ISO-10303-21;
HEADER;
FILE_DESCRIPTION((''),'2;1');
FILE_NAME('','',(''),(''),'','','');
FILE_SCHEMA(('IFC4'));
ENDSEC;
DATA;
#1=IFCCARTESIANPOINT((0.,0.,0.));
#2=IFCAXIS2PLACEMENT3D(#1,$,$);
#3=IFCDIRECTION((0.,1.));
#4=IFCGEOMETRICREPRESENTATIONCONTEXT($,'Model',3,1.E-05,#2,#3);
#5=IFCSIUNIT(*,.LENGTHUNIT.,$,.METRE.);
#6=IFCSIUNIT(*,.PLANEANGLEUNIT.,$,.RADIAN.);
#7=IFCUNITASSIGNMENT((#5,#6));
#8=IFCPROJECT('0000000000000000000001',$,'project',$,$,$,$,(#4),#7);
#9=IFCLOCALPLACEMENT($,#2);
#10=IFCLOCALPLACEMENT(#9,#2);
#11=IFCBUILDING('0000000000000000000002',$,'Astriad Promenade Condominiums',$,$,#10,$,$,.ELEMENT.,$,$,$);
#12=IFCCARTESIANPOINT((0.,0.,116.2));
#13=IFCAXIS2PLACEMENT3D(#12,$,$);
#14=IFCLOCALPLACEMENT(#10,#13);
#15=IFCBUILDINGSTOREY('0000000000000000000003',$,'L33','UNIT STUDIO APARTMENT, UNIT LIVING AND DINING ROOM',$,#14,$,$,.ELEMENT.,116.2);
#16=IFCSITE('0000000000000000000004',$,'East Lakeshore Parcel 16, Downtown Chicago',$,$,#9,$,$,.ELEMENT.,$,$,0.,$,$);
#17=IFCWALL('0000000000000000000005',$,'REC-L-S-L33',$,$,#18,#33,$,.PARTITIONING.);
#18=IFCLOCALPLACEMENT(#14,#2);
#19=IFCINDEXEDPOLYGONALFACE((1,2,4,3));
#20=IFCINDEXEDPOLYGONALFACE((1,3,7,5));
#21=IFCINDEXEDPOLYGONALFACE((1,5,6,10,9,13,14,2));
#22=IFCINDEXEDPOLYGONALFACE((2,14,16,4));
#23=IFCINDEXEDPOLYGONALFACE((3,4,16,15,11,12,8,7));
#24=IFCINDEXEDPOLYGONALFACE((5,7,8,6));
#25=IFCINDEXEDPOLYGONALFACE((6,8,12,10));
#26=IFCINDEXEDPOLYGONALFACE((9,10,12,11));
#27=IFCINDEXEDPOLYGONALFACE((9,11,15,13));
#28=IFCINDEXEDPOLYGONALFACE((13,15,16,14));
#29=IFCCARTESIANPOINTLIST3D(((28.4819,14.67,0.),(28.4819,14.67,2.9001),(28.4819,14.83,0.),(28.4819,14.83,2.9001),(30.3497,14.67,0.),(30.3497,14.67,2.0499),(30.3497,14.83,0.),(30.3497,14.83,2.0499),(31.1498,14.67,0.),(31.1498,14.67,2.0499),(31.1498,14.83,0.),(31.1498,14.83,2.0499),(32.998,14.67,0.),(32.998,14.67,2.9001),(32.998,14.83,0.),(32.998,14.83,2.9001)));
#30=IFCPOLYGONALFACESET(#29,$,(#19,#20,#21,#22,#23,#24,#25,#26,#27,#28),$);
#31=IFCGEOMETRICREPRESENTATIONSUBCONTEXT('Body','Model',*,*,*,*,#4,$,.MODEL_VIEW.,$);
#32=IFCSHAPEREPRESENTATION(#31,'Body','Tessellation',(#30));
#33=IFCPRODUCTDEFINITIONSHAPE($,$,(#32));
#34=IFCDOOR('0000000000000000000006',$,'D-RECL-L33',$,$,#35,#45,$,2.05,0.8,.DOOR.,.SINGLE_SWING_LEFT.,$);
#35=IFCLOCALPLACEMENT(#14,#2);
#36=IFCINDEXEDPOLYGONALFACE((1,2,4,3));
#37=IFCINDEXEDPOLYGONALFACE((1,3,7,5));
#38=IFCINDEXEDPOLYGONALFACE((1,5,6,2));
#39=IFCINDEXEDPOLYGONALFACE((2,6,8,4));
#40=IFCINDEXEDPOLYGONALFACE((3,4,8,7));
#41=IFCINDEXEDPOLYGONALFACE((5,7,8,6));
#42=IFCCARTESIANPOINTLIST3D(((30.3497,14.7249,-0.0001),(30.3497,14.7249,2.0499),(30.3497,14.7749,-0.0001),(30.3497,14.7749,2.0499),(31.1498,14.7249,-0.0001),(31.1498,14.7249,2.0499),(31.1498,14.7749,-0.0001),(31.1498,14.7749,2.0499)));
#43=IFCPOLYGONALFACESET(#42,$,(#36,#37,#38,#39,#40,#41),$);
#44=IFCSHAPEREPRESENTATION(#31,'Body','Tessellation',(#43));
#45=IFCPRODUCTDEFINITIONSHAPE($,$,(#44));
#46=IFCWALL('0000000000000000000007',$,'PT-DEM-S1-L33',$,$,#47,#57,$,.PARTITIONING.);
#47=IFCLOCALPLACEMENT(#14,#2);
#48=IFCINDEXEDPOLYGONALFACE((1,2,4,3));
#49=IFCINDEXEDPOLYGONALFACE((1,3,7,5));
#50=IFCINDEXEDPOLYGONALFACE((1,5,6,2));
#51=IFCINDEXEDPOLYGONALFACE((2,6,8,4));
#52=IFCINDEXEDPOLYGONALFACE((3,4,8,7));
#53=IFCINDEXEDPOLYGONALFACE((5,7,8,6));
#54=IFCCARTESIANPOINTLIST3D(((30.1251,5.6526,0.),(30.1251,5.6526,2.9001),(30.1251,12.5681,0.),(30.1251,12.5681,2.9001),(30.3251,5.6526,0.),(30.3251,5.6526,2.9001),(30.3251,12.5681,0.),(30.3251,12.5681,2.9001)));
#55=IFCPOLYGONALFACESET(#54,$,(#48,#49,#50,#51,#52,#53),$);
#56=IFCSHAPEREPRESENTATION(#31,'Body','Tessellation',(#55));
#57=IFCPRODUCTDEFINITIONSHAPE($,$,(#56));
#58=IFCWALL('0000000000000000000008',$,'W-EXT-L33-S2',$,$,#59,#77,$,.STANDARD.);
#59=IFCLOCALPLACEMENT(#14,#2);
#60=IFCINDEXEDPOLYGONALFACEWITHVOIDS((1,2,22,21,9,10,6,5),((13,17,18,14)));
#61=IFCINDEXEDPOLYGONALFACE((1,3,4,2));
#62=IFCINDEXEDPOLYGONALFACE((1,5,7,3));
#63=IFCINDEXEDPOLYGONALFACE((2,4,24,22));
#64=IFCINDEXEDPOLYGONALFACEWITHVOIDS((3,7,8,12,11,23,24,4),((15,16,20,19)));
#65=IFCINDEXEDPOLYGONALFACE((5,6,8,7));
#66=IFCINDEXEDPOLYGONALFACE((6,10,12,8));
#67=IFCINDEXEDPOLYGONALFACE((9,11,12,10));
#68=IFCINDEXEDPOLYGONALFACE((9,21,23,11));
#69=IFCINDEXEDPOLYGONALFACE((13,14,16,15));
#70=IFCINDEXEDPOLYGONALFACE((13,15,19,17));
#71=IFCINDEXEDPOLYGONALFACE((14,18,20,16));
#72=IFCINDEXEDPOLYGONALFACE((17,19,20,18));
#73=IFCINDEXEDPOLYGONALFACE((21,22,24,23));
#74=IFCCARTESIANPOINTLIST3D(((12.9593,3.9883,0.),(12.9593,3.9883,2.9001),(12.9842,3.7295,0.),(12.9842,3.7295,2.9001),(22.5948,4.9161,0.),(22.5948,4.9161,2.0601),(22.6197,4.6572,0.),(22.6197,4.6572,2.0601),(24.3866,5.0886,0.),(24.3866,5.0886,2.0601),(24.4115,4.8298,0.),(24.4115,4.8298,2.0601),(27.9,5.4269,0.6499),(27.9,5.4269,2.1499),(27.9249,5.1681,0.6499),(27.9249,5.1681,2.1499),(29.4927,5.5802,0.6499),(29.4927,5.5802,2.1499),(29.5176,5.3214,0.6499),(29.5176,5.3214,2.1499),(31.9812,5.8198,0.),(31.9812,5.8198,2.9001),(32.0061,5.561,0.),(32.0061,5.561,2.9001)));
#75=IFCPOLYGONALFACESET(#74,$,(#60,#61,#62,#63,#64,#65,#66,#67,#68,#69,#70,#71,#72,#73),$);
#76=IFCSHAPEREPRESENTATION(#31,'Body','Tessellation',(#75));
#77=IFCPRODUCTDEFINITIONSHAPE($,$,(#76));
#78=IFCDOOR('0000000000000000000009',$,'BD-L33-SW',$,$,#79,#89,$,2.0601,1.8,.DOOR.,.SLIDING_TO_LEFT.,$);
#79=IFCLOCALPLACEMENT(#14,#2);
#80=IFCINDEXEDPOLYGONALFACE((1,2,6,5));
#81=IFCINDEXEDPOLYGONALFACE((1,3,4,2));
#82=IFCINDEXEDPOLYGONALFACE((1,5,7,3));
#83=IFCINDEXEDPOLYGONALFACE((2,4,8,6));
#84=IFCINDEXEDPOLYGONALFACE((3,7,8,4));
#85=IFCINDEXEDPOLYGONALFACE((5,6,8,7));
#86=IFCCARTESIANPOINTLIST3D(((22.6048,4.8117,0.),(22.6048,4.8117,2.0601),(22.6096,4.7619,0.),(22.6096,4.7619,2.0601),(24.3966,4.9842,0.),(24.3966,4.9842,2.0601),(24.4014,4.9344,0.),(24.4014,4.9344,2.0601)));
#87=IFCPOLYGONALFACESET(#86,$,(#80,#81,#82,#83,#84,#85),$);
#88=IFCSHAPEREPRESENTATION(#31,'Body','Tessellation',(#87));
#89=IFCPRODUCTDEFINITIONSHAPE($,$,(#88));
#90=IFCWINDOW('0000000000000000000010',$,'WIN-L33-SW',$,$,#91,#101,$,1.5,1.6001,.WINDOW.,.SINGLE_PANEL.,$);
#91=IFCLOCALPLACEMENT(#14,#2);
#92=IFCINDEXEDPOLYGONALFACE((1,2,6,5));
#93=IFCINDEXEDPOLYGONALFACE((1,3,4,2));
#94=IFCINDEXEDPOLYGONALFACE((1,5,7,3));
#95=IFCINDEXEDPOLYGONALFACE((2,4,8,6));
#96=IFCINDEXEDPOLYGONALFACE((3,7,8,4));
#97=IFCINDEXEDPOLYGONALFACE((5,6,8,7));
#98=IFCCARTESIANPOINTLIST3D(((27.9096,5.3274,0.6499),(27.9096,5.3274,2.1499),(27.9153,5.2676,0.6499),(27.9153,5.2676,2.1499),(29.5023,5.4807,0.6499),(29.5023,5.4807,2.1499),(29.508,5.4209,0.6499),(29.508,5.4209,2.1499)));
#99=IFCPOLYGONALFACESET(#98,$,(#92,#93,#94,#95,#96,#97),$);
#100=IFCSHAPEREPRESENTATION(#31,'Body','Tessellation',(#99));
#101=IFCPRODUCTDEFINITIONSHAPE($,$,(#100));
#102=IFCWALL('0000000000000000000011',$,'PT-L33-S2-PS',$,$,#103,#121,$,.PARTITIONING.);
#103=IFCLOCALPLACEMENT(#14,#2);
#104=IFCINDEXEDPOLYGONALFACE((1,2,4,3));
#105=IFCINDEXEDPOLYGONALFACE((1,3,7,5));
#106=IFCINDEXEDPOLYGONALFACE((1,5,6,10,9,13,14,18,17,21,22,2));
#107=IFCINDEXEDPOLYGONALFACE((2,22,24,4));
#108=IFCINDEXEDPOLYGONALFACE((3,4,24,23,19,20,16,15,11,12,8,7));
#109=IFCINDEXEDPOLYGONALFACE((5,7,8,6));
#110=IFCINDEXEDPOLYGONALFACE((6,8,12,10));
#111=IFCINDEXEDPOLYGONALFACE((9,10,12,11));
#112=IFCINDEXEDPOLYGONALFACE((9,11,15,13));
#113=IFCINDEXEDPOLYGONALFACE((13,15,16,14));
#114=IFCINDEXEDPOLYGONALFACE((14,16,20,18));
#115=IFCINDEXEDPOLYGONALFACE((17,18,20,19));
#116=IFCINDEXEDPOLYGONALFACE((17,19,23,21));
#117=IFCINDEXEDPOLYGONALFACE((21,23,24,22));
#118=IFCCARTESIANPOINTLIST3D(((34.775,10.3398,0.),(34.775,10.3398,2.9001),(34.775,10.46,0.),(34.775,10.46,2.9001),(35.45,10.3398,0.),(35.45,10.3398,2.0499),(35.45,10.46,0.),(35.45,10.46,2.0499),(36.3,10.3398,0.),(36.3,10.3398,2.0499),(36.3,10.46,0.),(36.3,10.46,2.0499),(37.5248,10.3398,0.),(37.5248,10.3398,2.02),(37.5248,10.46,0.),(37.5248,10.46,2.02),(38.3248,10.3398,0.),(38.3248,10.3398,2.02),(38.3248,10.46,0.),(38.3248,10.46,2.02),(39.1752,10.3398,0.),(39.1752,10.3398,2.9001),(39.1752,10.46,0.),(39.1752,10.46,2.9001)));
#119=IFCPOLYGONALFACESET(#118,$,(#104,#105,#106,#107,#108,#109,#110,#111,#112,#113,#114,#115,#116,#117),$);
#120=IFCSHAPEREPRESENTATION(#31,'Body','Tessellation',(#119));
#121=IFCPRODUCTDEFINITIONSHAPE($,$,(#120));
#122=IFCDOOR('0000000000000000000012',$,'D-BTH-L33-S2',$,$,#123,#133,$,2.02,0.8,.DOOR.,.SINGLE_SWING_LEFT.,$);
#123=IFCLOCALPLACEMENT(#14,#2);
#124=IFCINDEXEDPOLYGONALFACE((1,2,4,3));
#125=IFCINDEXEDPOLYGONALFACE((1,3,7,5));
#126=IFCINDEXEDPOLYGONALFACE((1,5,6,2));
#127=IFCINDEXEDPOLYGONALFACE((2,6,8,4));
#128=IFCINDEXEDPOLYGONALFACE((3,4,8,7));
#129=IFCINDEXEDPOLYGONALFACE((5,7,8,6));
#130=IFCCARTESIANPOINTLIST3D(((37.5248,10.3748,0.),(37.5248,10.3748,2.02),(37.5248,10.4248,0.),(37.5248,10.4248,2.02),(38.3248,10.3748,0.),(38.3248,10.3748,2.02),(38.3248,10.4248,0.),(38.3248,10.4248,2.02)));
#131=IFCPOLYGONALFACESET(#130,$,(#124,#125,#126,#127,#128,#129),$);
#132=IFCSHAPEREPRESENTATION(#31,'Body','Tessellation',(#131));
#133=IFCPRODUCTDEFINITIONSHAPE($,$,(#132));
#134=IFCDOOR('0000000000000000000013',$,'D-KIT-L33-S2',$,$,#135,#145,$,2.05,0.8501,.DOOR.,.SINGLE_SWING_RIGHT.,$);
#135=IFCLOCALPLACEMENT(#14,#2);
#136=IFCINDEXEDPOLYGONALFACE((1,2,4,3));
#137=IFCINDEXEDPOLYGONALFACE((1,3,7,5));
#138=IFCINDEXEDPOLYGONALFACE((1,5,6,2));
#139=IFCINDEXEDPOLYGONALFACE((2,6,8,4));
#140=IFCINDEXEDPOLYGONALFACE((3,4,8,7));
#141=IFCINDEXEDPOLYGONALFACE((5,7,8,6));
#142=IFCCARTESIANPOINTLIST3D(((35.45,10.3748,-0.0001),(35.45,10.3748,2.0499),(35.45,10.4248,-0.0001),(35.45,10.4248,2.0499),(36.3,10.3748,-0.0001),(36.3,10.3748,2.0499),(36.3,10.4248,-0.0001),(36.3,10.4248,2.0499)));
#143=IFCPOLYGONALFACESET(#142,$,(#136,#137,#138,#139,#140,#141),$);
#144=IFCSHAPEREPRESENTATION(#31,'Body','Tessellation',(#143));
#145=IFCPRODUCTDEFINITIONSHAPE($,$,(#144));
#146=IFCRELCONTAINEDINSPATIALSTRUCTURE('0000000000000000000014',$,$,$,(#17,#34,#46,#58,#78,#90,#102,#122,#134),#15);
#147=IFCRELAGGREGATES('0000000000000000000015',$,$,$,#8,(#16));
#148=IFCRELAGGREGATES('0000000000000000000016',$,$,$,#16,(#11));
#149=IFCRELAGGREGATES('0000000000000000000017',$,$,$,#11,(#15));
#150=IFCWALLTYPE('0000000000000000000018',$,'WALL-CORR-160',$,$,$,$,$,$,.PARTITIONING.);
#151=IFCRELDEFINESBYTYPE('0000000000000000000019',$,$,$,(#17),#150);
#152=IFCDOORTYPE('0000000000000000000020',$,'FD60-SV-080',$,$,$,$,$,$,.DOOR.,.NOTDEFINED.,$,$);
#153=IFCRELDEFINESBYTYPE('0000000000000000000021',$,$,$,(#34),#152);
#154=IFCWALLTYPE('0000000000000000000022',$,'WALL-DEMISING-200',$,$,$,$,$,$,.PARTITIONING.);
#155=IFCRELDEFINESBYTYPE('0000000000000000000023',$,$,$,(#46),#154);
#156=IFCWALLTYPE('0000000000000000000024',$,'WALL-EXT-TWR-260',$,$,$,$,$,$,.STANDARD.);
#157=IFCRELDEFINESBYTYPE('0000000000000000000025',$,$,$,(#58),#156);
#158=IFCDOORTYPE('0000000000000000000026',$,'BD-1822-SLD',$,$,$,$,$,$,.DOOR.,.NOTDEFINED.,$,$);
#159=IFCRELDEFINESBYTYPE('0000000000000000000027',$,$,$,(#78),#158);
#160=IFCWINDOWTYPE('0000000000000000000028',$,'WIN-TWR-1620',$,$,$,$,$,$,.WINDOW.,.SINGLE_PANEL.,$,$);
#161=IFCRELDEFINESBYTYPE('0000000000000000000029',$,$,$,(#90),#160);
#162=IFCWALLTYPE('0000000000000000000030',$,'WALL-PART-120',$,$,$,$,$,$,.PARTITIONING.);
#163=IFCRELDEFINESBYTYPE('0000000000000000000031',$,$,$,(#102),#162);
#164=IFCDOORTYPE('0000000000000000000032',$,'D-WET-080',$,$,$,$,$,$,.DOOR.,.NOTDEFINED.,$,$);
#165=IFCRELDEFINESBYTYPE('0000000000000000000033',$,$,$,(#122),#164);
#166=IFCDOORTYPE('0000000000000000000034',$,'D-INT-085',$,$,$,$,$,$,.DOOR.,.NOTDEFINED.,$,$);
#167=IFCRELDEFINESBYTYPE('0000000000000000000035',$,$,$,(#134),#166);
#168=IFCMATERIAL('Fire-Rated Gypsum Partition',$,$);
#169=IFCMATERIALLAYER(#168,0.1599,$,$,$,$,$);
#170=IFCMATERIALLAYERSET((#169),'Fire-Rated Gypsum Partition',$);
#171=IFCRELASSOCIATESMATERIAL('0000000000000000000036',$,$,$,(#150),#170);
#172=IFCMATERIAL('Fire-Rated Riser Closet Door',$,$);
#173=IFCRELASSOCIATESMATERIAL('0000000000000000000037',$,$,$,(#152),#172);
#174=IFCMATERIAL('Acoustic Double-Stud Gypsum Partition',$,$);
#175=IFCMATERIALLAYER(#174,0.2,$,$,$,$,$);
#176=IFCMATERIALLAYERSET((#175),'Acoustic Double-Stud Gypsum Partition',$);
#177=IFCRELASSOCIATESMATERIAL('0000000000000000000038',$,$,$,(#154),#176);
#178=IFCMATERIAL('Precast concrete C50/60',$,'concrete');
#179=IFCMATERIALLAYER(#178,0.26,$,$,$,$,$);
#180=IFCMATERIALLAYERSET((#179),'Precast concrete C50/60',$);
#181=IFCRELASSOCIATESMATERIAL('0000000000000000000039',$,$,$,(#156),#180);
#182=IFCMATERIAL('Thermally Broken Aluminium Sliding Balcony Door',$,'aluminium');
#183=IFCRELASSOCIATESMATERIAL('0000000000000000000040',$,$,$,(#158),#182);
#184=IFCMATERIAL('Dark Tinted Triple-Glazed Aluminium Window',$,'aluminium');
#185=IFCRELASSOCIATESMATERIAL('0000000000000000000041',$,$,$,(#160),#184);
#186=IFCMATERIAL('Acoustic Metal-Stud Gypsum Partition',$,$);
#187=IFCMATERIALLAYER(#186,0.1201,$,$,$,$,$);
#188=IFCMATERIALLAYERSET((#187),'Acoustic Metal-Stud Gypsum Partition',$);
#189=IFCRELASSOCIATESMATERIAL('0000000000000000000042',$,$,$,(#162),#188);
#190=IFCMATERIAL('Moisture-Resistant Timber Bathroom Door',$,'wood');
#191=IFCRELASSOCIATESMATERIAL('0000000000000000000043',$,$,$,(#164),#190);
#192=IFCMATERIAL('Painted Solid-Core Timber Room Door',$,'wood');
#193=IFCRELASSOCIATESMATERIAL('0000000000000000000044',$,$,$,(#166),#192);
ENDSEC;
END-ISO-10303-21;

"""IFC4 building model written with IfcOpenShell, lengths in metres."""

from ifc_helpers import new_model, si_unit, direction, frame, frame_2d, origin, place, context, subcontext, project, spatial, rectangle, extrude, source, transform, mapped, material, layer, layer_set, type_object, type_shapes, element, fill, save


model = new_model("IFC4")

# Units and contexts
model_context = context("Model", 3, precision=1e-05, world=origin(), true_north=direction((0.0, 1.0)))
body_context = subcontext(model_context, "Body", "Model", "MODEL_VIEW")
ifc_project = project(units=[si_unit("LENGTHUNIT", "METRE"), si_unit("PLANEANGLEUNIT", "RADIAN")], contexts=[model_context])

# Site, building, storey
site_placement = place(None, origin())
site = spatial("IfcSite", under=ifc_project, at=site_placement, Name="East Lakeshore Parcel 16, Downtown Chicago", CompositionType="ELEMENT", RefElevation=0.0)
building_placement = place(site_placement, origin())
building = spatial("IfcBuilding", under=site, at=building_placement, Name="Astriad Promenade Condominiums", CompositionType="ELEMENT")
storey_placement = place(building_placement, frame((0.0, 0.0, 116.2)))
storey = spatial("IfcBuildingStorey", under=building, at=storey_placement, Name="L33", Description="UNIT STUDIO APARTMENT, UNIT LIVING AND DINING ROOM", CompositionType="ELEMENT", Elevation=116.2)

# Wall, opening, door
ifc_material_1 = material(Name="Fire-Rated Gypsum Partition")
ifc_layer_1 = layer(ifc_material_1, 0.1599)
ifc_layer_set_1 = layer_set([ifc_layer_1], Name="Fire-Rated Gypsum Partition")
wall_type_1 = type_object("IfcWallType", Name="WALL-CORR-160", PredefinedType="PARTITIONING", material=ifc_layer_set_1)
wall_1_placement = place(storey_placement, frame((28.4819, 14.75, 0.0), z_axis=(0.0, 0.0, 1.0), x_axis=(1.0, 0.0, 0.0)))
wall_1 = element("IfcWall", 1, at=wall_1_placement, inside=storey, type_object=wall_type_1, Name="REC-L-S-L33", PredefinedType="PARTITIONING", context=body_context, shape_type="SweptSolid", body=[
    extrude(rectangle(XDim=4.5161, YDim=0.1599, at=frame_2d((2.2581, 0.0))), origin(), (0.0, 0.0, 1.0), 2.9001),
])
opening_1_placement = place(wall_1_placement, frame((1.8679, 0.0, 0.0)))
opening_1 = element("IfcOpeningElement", 2, at=opening_1_placement, cuts=wall_1, PredefinedType="OPENING", context=body_context, shape_type="SweptSolid", body=[
    extrude(rectangle(XDim=0.8, YDim=2.05, at=frame_2d((0.3999, 1.0249))), frame((0.0, 0.0898, 0.0), z_axis=(0.0, -1.0, 0.0), x_axis=(1.0, 0.0, 0.0)), (0.0, 0.0, 1.0), 0.1799),
])
ifc_material_2 = material(Name="Fire-Rated Riser Closet Door")
door_type_1 = type_object("IfcDoorType", Name="FD60-SV-080", OperationType="NOTDEFINED", PredefinedType="DOOR", material=ifc_material_2)
shared_shape_1 = source(origin(), body_context, "Body", "SweptSolid", [
    extrude(rectangle(XDim=0.8, YDim=2.05, at=frame_2d((0.3999, 1.0249))), frame((0.0, 0.0249, 0.0), z_axis=(0.0, -1.0, 0.0), x_axis=(1.0, 0.0, 0.0)), (0.0, 0.0, 1.0), 0.05),
])
type_shapes(door_type_1, [shared_shape_1])
door_1_placement = place(opening_1_placement, origin())
door_1 = element("IfcDoor", 3, at=door_1_placement, inside=storey, type_object=door_type_1, Name="D-RECL-L33", OperationType="SINGLE_SWING_LEFT", OverallHeight=2.05, OverallWidth=0.8, PredefinedType="DOOR", context=body_context, shape_type="MappedRepresentation", body=[
    mapped(shared_shape_1, transform((0.0, 0.0, 0.0), scale=1.0)),
])
fill(opening_1, door_1)

# Wall
ifc_material_3 = material(Name="Acoustic Double-Stud Gypsum Partition")
ifc_layer_2 = layer(ifc_material_3, 0.2)
ifc_layer_set_2 = layer_set([ifc_layer_2], Name="Acoustic Double-Stud Gypsum Partition")
wall_type_2 = type_object("IfcWallType", Name="WALL-DEMISING-200", PredefinedType="PARTITIONING", material=ifc_layer_set_2)
wall_2_placement = place(storey_placement, frame((30.2251, 5.6526, 0.0), z_axis=(0.0, 0.0, 1.0), x_axis=(0.0, 1.0, 0.0)))
element("IfcWall", 4, at=wall_2_placement, inside=storey, type_object=wall_type_2, Name="PT-DEM-S1-L33", PredefinedType="PARTITIONING", context=body_context, shape_type="SweptSolid", body=[
    extrude(rectangle(XDim=6.9155, YDim=0.2, at=frame_2d((3.4578, 0.0))), origin(), (0.0, 0.0, 1.0), 2.9001),
])

# Wall, openings, door, window
ifc_material_4 = material(Name="Precast concrete C50/60", Category="concrete")
ifc_layer_3 = layer(ifc_material_4, 0.26)
ifc_layer_set_3 = layer_set([ifc_layer_3], Name="Precast concrete C50/60")
wall_type_3 = type_object("IfcWallType", Name="WALL-EXT-TWR-260", PredefinedType="STANDARD", material=ifc_layer_set_3)
wall_3_placement = place(storey_placement, frame((31.9937, 5.6904, 0.0), z_axis=(0.0, 0.0, 1.0), x_axis=(-0.995397, -0.095842, 0.0)))
wall_3 = element("IfcWall", 5, at=wall_3_placement, inside=storey, type_object=wall_type_3, Name="W-EXT-L33-S2", PredefinedType="STANDARD", context=body_context, shape_type="SweptSolid", body=[
    extrude(rectangle(XDim=19.1099, YDim=0.26, at=frame_2d((9.5549, 0.0))), origin(), (0.0, 0.0, 1.0), 2.9001),
])
opening_2_placement = place(wall_3_placement, frame((7.6299, 0.0, 0.0)))
opening_2 = element("IfcOpeningElement", 6, at=opening_2_placement, cuts=wall_3, PredefinedType="OPENING", context=body_context, shape_type="SweptSolid", body=[
    extrude(rectangle(XDim=1.8, YDim=2.0601, at=frame_2d((0.8999, 1.03))), frame((0.0, 0.1399, 0.0), z_axis=(0.0, -1.0, 0.0), x_axis=(1.0, 0.0, 0.0)), (0.0, 0.0, 1.0), 0.28),
])
opening_3_placement = place(wall_3_placement, frame((2.5, 0.0, 0.6499)))
opening_3 = element("IfcOpeningElement", 7, at=opening_3_placement, cuts=wall_3, PredefinedType="OPENING", context=body_context, shape_type="SweptSolid", body=[
    extrude(rectangle(XDim=1.6001, YDim=1.5, at=frame_2d((0.8, 0.75))), frame((0.0, 0.1399, 0.0), z_axis=(0.0, -1.0, 0.0), x_axis=(1.0, 0.0, 0.0)), (0.0, 0.0, 1.0), 0.28),
])
ifc_material_5 = material(Name="Thermally Broken Aluminium Sliding Balcony Door", Category="aluminium")
door_type_2 = type_object("IfcDoorType", Name="BD-1822-SLD", OperationType="NOTDEFINED", PredefinedType="DOOR", material=ifc_material_5)
shared_shape_2 = source(origin(), body_context, "Body", "SweptSolid", [
    extrude(rectangle(XDim=1.8, YDim=2.0601, at=frame_2d((0.8999, 1.03))), frame((0.0, 0.0249, 0.0), z_axis=(0.0, -1.0, 0.0), x_axis=(1.0, 0.0, 0.0)), (0.0, 0.0, 1.0), 0.05),
])
type_shapes(door_type_2, [shared_shape_2])
door_2_placement = place(opening_2_placement, origin())
door_2 = element("IfcDoor", 8, at=door_2_placement, inside=storey, type_object=door_type_2, Name="BD-L33-SW", OperationType="SLIDING_TO_LEFT", OverallHeight=2.0601, OverallWidth=1.8, PredefinedType="DOOR", context=body_context, shape_type="MappedRepresentation", body=[
    mapped(shared_shape_2, transform((0.0, 0.0, 0.0), scale=1.0)),
])
fill(opening_2, door_2)
ifc_material_6 = material(Name="Dark Tinted Triple-Glazed Aluminium Window", Category="aluminium")
window_type = type_object("IfcWindowType", Name="WIN-TWR-1620", PartitioningType="SINGLE_PANEL", PredefinedType="WINDOW", material=ifc_material_6)
shared_shape_3 = source(origin(), body_context, "Body", "SweptSolid", [
    extrude(rectangle(XDim=1.6001, YDim=1.5, at=frame_2d((0.8, 0.75))), frame((0.0, 0.03, 0.0), z_axis=(0.0, -1.0, 0.0), x_axis=(1.0, 0.0, 0.0)), (0.0, 0.0, 1.0), 0.0601),
])
type_shapes(window_type, [shared_shape_3])
window_placement = place(opening_3_placement, origin())
window = element("IfcWindow", 9, at=window_placement, inside=storey, type_object=window_type, Name="WIN-L33-SW", OverallHeight=1.5, OverallWidth=1.6001, PartitioningType="SINGLE_PANEL", PredefinedType="WINDOW", context=body_context, shape_type="MappedRepresentation", body=[
    mapped(shared_shape_3, transform((0.0, 0.0, 0.0), scale=1.0)),
])
fill(opening_3, window)

# Wall, openings, doors
ifc_material_7 = material(Name="Acoustic Metal-Stud Gypsum Partition")
ifc_layer_4 = layer(ifc_material_7, 0.1201)
ifc_layer_set_4 = layer_set([ifc_layer_4], Name="Acoustic Metal-Stud Gypsum Partition")
wall_type_4 = type_object("IfcWallType", Name="WALL-PART-120", PredefinedType="PARTITIONING", material=ifc_layer_set_4)
wall_4_placement = place(storey_placement, frame((34.7749, 10.3999, 0.0), z_axis=(0.0, 0.0, 1.0), x_axis=(1.0, 0.0, 0.0)))
wall_4 = element("IfcWall", 10, at=wall_4_placement, inside=storey, type_object=wall_type_4, Name="PT-L33-S2-PS", PredefinedType="PARTITIONING", context=body_context, shape_type="SweptSolid", body=[
    extrude(rectangle(XDim=4.4001, YDim=0.1201, at=frame_2d((2.2002, 0.0))), origin(), (0.0, 0.0, 1.0), 2.9001),
])
opening_4_placement = place(wall_4_placement, frame((0.675, 0.0, 0.0)))
opening_4 = element("IfcOpeningElement", 11, at=opening_4_placement, cuts=wall_4, PredefinedType="OPENING", context=body_context, shape_type="SweptSolid", body=[
    extrude(rectangle(XDim=0.8501, YDim=2.05, at=frame_2d((0.425, 1.0249))), frame((0.0, 0.0701, 0.0), z_axis=(0.0, -1.0, 0.0), x_axis=(1.0, 0.0, 0.0)), (0.0, 0.0, 1.0), 0.1401),
])
opening_5_placement = place(wall_4_placement, frame((2.75, 0.0, 0.0)))
opening_5 = element("IfcOpeningElement", 12, at=opening_5_placement, cuts=wall_4, PredefinedType="OPENING", context=body_context, shape_type="SweptSolid", body=[
    extrude(rectangle(XDim=0.8, YDim=2.02, at=frame_2d((0.3999, 1.01))), frame((0.0, 0.0701, 0.0), z_axis=(0.0, -1.0, 0.0), x_axis=(1.0, 0.0, 0.0)), (0.0, 0.0, 1.0), 0.1401),
])
ifc_material_8 = material(Name="Moisture-Resistant Timber Bathroom Door", Category="wood")
door_type_3 = type_object("IfcDoorType", Name="D-WET-080", OperationType="NOTDEFINED", PredefinedType="DOOR", material=ifc_material_8)
shared_shape_4 = source(origin(), body_context, "Body", "SweptSolid", [
    extrude(rectangle(XDim=0.8, YDim=2.02, at=frame_2d((0.3999, 1.01))), frame((0.0, 0.0249, 0.0), z_axis=(0.0, -1.0, 0.0), x_axis=(1.0, 0.0, 0.0)), (0.0, 0.0, 1.0), 0.05),
])
type_shapes(door_type_3, [shared_shape_4])
door_3_placement = place(opening_5_placement, origin())
door_3 = element("IfcDoor", 13, at=door_3_placement, inside=storey, type_object=door_type_3, Name="D-BTH-L33-S2", OperationType="SINGLE_SWING_LEFT", OverallHeight=2.02, OverallWidth=0.8, PredefinedType="DOOR", context=body_context, shape_type="MappedRepresentation", body=[
    mapped(shared_shape_4, transform((0.0, 0.0, 0.0), scale=1.0)),
])
fill(opening_5, door_3)
ifc_material_9 = material(Name="Painted Solid-Core Timber Room Door", Category="wood")
door_type_4 = type_object("IfcDoorType", Name="D-INT-085", OperationType="NOTDEFINED", PredefinedType="DOOR", material=ifc_material_9)
shared_shape_5 = source(origin(), body_context, "Body", "SweptSolid", [
    extrude(rectangle(XDim=0.8501, YDim=2.05, at=frame_2d((0.425, 1.0249))), frame((0.0, 0.0249, 0.0), z_axis=(0.0, -1.0, 0.0), x_axis=(1.0, 0.0, 0.0)), (0.0, 0.0, 1.0), 0.05),
])
type_shapes(door_type_4, [shared_shape_5])
door_4_placement = place(opening_4_placement, origin())
door_4 = element("IfcDoor", 14, at=door_4_placement, inside=storey, type_object=door_type_4, Name="D-KIT-L33-S2", OperationType="SINGLE_SWING_RIGHT", OverallHeight=2.05, OverallWidth=0.8501, PredefinedType="DOOR", context=body_context, shape_type="MappedRepresentation", body=[
    mapped(shared_shape_5, transform((0.0, 0.0, 0.0), scale=1.0)),
])
fill(opening_4, door_4)

save(model, "model.ifc")
